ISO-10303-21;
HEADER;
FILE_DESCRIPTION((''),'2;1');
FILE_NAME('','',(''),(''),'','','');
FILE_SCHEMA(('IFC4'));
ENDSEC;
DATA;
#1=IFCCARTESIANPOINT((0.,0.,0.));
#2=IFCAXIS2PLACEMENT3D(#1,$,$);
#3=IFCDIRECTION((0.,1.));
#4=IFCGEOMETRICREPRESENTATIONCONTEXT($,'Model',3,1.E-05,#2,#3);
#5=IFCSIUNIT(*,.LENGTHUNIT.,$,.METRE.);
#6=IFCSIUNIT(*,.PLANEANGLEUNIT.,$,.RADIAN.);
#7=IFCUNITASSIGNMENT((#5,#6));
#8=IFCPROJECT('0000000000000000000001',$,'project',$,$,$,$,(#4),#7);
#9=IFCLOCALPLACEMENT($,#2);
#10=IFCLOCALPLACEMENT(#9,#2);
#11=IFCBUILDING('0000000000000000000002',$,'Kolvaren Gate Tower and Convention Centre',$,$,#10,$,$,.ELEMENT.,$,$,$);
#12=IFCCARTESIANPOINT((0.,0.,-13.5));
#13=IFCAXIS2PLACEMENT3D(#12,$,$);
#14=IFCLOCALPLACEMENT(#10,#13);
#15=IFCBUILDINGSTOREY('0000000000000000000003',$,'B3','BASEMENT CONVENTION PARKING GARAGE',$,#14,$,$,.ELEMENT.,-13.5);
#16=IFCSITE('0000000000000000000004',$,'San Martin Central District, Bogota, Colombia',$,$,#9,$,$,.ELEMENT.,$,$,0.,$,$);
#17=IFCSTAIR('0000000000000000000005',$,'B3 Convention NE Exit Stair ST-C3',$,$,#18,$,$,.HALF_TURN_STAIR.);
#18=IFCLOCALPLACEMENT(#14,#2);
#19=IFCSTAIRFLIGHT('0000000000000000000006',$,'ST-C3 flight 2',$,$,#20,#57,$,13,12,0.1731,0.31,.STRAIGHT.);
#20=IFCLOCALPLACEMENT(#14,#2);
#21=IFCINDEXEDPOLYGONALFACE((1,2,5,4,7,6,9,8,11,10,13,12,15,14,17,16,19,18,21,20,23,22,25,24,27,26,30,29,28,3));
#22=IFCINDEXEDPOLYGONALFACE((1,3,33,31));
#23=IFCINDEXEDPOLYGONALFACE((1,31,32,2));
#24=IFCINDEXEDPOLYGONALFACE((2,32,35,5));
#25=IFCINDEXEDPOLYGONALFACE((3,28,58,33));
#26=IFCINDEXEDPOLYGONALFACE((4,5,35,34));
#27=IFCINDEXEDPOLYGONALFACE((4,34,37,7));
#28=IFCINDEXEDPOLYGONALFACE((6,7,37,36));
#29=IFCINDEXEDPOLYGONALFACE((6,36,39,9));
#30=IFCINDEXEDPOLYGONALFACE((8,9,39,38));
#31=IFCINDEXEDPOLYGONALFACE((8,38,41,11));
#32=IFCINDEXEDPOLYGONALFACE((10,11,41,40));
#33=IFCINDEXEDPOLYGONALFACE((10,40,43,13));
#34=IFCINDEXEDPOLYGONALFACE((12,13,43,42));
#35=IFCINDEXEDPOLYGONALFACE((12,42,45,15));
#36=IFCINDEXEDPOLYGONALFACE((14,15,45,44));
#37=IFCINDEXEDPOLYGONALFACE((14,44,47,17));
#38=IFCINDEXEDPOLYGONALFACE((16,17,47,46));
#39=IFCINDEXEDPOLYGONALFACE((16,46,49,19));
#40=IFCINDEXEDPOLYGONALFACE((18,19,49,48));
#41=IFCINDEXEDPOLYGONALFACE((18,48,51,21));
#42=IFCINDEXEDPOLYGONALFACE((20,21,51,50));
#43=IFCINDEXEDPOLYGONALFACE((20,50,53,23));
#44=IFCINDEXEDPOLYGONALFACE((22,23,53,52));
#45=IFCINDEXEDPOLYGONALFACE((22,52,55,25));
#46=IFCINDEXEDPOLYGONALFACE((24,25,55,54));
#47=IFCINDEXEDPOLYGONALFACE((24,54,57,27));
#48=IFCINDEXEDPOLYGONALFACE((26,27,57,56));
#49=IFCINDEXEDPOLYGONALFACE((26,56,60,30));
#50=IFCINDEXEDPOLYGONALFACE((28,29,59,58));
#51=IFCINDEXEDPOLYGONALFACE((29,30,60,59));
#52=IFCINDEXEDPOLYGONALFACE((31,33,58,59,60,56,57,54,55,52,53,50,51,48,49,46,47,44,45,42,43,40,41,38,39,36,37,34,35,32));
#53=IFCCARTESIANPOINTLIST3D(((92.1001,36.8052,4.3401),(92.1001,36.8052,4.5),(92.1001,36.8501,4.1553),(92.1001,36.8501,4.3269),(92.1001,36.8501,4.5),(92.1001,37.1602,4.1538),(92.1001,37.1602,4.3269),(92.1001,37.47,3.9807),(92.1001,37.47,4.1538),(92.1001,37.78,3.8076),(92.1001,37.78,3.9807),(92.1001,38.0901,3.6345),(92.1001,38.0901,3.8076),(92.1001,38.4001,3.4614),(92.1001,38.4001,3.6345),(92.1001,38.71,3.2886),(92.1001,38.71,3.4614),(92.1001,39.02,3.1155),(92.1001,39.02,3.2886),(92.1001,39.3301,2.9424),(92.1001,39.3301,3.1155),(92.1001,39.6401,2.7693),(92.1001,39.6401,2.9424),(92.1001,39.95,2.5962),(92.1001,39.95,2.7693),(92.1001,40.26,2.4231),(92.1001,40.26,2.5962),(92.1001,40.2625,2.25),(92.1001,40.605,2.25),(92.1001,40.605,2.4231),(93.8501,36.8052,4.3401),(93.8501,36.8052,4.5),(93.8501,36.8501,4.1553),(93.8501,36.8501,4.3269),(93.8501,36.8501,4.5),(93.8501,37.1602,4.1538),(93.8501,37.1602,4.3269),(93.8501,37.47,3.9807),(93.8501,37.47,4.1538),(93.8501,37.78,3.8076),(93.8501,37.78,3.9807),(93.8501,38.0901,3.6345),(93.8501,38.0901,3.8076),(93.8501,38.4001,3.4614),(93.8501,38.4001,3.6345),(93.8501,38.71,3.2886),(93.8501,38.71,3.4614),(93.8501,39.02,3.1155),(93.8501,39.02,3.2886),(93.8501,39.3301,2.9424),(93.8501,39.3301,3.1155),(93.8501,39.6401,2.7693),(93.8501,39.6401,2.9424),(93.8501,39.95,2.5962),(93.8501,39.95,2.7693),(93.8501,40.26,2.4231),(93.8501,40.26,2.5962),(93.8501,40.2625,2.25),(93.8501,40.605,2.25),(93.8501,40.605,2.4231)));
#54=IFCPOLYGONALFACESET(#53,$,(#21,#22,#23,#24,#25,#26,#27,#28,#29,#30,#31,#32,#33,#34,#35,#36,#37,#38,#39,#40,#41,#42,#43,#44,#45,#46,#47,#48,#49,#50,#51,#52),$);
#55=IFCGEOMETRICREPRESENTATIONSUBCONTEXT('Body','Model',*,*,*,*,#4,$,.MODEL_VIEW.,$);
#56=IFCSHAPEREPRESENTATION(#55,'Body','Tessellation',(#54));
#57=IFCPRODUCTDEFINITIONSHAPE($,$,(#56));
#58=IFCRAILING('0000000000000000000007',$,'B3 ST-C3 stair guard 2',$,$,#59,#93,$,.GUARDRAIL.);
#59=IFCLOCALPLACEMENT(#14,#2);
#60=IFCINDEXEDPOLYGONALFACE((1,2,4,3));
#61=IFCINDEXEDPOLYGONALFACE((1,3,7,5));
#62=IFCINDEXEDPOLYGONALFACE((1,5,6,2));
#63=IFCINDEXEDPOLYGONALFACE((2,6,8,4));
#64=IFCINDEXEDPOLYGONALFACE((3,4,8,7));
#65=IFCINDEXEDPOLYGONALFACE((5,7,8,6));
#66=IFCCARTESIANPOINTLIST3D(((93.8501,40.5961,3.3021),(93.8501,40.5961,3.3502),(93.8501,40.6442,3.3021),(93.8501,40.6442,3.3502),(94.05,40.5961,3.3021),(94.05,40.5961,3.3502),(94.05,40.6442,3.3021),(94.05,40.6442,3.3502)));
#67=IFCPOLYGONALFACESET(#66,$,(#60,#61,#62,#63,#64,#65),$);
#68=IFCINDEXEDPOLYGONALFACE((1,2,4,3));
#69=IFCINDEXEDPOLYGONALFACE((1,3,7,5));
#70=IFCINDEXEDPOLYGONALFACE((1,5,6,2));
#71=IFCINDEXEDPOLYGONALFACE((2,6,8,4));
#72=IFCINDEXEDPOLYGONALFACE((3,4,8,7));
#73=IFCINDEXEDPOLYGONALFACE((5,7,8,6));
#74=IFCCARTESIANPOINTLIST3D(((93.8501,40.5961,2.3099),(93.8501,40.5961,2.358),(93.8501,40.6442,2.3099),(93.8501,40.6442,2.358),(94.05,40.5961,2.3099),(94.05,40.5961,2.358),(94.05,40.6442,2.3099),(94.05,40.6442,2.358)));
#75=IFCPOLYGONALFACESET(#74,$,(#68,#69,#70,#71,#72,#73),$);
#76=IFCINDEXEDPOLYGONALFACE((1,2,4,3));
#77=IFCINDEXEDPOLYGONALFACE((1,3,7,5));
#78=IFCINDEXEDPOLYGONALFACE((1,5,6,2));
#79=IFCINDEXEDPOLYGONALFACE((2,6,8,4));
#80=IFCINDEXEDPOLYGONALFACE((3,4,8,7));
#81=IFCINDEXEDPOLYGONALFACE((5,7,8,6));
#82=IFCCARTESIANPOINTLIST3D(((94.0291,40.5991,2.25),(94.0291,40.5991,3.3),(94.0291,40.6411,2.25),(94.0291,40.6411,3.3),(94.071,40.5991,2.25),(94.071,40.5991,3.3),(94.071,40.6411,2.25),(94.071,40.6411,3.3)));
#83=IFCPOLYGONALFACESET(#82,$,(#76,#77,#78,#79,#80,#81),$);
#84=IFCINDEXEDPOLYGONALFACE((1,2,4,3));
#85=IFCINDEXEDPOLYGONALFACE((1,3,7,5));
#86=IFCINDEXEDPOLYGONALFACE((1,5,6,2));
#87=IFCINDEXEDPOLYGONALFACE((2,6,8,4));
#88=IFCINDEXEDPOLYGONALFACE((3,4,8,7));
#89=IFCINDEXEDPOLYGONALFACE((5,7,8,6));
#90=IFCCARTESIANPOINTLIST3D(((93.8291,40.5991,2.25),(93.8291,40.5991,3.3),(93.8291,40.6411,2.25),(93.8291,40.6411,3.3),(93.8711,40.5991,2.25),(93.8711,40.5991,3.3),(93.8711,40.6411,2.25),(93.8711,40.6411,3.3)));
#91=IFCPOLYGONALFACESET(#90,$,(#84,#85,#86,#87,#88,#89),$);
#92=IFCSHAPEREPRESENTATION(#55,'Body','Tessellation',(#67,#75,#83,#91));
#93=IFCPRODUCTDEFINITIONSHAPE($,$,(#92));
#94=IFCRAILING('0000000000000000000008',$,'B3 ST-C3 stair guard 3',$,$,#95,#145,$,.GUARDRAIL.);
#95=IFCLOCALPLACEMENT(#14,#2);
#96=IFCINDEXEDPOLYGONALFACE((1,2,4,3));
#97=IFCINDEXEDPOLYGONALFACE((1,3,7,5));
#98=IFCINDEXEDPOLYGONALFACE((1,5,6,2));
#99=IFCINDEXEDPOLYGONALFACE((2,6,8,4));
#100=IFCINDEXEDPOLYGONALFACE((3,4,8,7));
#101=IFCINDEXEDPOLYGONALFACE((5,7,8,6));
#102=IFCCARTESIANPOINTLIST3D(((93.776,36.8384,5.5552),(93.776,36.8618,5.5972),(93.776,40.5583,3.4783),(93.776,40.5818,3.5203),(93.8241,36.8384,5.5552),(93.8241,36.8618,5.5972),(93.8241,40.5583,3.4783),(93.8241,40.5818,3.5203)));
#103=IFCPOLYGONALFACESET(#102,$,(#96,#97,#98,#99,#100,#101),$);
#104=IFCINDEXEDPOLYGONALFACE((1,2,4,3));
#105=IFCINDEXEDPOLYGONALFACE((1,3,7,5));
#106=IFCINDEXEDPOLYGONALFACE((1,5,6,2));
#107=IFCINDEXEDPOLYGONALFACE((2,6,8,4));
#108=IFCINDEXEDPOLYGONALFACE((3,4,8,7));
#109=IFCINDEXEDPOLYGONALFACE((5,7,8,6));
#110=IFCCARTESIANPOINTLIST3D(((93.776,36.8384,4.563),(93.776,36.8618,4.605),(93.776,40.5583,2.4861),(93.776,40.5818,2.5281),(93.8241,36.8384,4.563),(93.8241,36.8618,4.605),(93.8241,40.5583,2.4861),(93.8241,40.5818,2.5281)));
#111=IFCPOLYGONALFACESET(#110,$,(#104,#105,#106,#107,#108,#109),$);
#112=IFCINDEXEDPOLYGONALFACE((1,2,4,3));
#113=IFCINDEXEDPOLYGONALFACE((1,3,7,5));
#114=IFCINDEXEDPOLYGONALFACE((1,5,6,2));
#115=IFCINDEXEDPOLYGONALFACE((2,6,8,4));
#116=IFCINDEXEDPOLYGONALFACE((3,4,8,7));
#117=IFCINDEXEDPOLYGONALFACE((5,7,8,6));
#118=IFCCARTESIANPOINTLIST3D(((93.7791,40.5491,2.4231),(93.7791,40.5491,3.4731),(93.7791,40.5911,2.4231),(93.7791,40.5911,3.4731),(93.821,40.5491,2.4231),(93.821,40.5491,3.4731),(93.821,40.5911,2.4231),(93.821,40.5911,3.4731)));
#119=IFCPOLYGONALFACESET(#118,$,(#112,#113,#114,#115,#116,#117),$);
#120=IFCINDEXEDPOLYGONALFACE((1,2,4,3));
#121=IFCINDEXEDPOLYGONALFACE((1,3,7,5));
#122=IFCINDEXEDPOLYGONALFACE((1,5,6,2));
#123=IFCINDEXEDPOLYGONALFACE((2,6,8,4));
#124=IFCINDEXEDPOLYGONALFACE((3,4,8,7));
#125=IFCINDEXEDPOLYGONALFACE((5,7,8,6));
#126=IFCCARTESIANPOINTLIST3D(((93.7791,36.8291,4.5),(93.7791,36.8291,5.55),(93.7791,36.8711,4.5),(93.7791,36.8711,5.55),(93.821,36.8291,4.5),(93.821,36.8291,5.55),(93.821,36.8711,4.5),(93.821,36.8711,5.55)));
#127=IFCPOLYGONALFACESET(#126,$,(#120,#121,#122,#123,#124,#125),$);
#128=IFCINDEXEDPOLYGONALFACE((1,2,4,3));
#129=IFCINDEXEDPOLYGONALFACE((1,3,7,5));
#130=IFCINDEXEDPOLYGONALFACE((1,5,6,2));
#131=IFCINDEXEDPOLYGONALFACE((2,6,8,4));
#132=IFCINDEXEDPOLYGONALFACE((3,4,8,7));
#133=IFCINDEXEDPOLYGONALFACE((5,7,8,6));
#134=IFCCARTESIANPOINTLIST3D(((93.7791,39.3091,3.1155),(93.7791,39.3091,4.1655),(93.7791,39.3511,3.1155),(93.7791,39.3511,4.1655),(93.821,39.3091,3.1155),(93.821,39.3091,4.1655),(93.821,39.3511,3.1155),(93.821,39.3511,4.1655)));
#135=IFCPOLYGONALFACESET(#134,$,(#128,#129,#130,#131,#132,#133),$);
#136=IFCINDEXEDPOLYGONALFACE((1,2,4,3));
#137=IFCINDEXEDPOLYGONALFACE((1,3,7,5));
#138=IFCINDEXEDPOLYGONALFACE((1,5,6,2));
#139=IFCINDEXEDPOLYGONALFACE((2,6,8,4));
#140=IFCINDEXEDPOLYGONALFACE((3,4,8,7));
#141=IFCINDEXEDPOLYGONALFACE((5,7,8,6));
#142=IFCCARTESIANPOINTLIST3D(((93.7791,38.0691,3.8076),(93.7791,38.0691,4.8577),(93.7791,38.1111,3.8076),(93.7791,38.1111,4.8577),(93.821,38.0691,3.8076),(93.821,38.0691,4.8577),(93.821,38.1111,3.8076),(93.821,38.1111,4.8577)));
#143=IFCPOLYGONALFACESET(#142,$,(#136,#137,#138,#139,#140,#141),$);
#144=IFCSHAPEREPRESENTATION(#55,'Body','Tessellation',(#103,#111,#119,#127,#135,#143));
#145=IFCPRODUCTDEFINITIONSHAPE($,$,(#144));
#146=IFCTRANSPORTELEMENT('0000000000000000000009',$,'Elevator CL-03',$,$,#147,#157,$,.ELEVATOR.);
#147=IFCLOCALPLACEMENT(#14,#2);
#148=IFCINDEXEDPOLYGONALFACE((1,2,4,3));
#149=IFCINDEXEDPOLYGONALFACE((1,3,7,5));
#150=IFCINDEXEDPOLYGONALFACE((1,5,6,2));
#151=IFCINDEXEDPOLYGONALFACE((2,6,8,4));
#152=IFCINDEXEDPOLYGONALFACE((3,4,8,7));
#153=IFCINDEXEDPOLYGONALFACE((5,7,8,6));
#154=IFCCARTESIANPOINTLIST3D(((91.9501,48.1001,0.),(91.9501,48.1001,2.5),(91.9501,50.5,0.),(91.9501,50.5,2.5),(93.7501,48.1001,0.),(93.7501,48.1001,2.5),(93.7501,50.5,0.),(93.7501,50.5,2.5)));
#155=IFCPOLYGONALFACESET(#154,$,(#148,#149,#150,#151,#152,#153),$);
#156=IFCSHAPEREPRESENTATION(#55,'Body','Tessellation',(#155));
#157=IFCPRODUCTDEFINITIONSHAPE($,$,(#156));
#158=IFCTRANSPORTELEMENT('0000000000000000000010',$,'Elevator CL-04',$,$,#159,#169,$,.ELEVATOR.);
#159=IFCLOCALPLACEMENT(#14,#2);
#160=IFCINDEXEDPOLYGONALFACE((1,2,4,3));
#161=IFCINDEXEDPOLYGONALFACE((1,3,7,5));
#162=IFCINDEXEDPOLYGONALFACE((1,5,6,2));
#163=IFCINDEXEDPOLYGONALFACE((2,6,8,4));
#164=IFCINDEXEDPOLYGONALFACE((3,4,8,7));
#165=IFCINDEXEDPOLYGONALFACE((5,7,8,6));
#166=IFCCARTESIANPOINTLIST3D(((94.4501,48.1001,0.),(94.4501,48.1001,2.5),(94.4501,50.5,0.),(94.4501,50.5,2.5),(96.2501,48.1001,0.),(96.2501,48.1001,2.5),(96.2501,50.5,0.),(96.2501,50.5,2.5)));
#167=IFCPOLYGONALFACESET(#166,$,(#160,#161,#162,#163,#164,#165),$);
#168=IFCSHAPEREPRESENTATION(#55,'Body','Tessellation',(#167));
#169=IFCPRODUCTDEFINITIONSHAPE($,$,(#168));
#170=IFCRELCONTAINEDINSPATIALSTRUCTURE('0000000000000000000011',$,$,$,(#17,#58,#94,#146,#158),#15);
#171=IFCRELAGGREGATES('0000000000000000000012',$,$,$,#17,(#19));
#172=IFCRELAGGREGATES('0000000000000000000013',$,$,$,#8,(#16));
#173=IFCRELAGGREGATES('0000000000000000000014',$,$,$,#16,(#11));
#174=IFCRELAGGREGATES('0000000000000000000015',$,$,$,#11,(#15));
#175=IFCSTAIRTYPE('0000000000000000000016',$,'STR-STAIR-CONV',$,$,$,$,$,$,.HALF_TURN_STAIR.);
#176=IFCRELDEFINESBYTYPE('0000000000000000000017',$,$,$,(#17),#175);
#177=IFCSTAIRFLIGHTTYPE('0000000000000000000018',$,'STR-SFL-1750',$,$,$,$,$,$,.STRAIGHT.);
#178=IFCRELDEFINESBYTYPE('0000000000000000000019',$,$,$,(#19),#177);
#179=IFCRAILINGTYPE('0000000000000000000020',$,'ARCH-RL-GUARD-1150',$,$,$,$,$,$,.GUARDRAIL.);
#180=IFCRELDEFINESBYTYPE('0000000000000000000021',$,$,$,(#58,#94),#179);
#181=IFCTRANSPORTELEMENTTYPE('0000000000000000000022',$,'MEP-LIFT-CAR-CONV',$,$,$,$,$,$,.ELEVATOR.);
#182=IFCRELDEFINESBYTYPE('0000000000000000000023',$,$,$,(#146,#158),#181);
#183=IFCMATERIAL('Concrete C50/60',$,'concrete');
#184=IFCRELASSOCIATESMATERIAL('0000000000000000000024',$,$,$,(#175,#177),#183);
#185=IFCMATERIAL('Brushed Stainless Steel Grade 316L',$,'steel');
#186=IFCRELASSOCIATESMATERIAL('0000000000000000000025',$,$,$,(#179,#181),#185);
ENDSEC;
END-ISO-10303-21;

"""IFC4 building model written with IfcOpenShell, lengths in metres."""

from ifc_helpers import new_model, si_unit, direction, frame, origin, origin_2d, place, context, subcontext, project, spatial, polyline, rectangle, outline, extrude, material, type_object, element, aggregate, save


model = new_model("IFC4")

# Units and contexts
model_context = context("Model", 3, precision=1e-05, world=origin(), true_north=direction((0.0, 1.0)))
body_context = subcontext(model_context, "Body", "Model", "MODEL_VIEW")
ifc_project = project(units=[si_unit("LENGTHUNIT", "METRE"), si_unit("PLANEANGLEUNIT", "RADIAN")], contexts=[model_context])

# Site, building, storey
site_placement = place(None, origin())
site = spatial("IfcSite", under=ifc_project, at=site_placement, Name="San Martin Central District, Bogota, Colombia", CompositionType="ELEMENT", RefElevation=0.0)
building_placement = place(site_placement, origin())
building = spatial("IfcBuilding", under=site, at=building_placement, Name="Kolvaren Gate Tower and Convention Centre", CompositionType="ELEMENT")
storey_placement = place(building_placement, frame((0.0, 0.0, -13.5)))
storey = spatial("IfcBuildingStorey", under=building, at=storey_placement, Name="B3", Description="BASEMENT CONVENTION PARKING GARAGE", CompositionType="ELEMENT", Elevation=-13.5)

# Shared definitions
ifc_material_1 = material(Name="Concrete C50/60", Category="concrete")

# Shared definitions
ifc_material_2 = material(Name="Brushed Stainless Steel Grade 316L", Category="steel")

# Stair, stair flight
stair_type = type_object("IfcStairType", Name="STR-STAIR-CONV", PredefinedType="HALF_TURN_STAIR", material=ifc_material_1)
stair_placement = place(storey_placement, origin())
stair = element("IfcStair", 1, at=stair_placement, inside=storey, type_object=stair_type, Name="B3 Convention NE Exit Stair ST-C3", PredefinedType="HALF_TURN_STAIR")
stair_flight_type = type_object("IfcStairFlightType", Name="STR-SFL-1750", PredefinedType="STRAIGHT", material=ifc_material_1)
stair_flight_placement = place(storey_placement, frame((92.9751, 40.5701, 2.25), z_axis=(0.0, 0.0, 1.0), x_axis=(0.0, -1.0, 0.0)))
stair_flight = element("IfcStairFlight", 2, at=stair_flight_placement, type_object=stair_flight_type, Name="ST-C3 flight 2", NumberOfRisers=13, NumberOfTreads=12, PredefinedType="STRAIGHT", RiserHeight=0.1731, TreadLength=0.31, context=body_context, shape_type="SweptSolid", body=[
    extrude(outline(polyline([(-0.0349, 0.0), (-0.0349, 0.1731), (0.3101, 0.1731), (0.3101, 0.3462), (0.6201, 0.3462), (0.6201, 0.5193), (0.9299, 0.5193), (0.9299, 0.6924), (1.24, 0.6924), (1.24, 0.8655), (1.55, 0.8655), (1.55, 1.0386), (1.8601, 1.0386), (1.8601, 1.2114), (2.1699, 1.2114), (2.1699, 1.3845), (2.48, 1.3845), (2.48, 1.5576), (2.79, 1.5576), (2.79, 1.7307), (3.1001, 1.7307), (3.1001, 1.9038), (3.4099, 1.9038), (3.4099, 2.0769), (3.72, 2.0769), (3.72, 2.25), (3.7649, 2.25), (3.7649, 2.0901), (3.72, 1.9053), (0.3076, 0.0), (-0.0349, 0.0)])), frame((0.0, 0.875, 0.0), z_axis=(0.0, -1.0, 0.0), x_axis=(1.0, 0.0, 0.0)), (0.0, 0.0, 1.0), 1.75),
])
aggregate(stair, [stair_flight])

# Railings
railing_type = type_object("IfcRailingType", Name="ARCH-RL-GUARD-1150", PredefinedType="GUARDRAIL", material=ifc_material_2)
railing_1_placement = place(storey_placement, frame((94.05, 40.6201, 2.25)))
element("IfcRailing", 3, at=railing_1_placement, inside=storey, type_object=railing_type, Name="B3 ST-C3 stair guard 2", PredefinedType="GUARDRAIL", context=body_context, shape_type="SweptSolid", body=[
    extrude(rectangle(XDim=0.0481, YDim=0.0481, at=origin_2d()), frame((0.0, 0.0, 1.0762), z_axis=(-1.0, 0.0, 0.0), x_axis=(0.0, -1.0, 0.0)), (0.0, 0.0, 1.0), 0.2),
    extrude(rectangle(XDim=0.0481, YDim=0.0481, at=origin_2d()), frame((0.0, 0.0, 0.084), z_axis=(-1.0, 0.0, 0.0), x_axis=(0.0, -1.0, 0.0)), (0.0, 0.0, 1.0), 0.2),
    extrude(rectangle(XDim=0.042, YDim=0.042, at=origin_2d()), origin(), (0.0, 0.0, 1.0), 1.05),
    extrude(rectangle(XDim=0.042, YDim=0.042, at=origin_2d()), frame((-0.2, 0.0, 0.0)), (0.0, 0.0, 1.0), 1.05),
])
railing_2_placement = place(storey_placement, frame((93.8, 40.5701, 2.4231)))
element("IfcRailing", 4, at=railing_2_placement, inside=storey, type_object=railing_type, Name="B3 ST-C3 stair guard 3", PredefinedType="GUARDRAIL", context=body_context, shape_type="SweptSolid", body=[
    extrude(rectangle(XDim=0.0481, YDim=0.0481, at=origin_2d()), frame((0.0, 0.0, 1.0762), z_axis=(0.0, -0.873134, 0.487481), x_axis=(1.0, 0.0, 0.0)), (0.0, 0.0, 1.0), 4.2605),
    extrude(rectangle(XDim=0.0481, YDim=0.0481, at=origin_2d()), frame((0.0, 0.0, 0.084), z_axis=(0.0, -0.873134, 0.487481), x_axis=(1.0, 0.0, 0.0)), (0.0, 0.0, 1.0), 4.2605),
    extrude(rectangle(XDim=0.042, YDim=0.042, at=origin_2d()), origin(), (0.0, 0.0, 1.0), 1.05),
    extrude(rectangle(XDim=0.042, YDim=0.042, at=origin_2d()), frame((0.0, -3.72, 2.0769)), (0.0, 0.0, 1.0), 1.05),
    extrude(rectangle(XDim=0.042, YDim=0.042, at=origin_2d()), frame((0.0, -1.24, 0.6924)), (0.0, 0.0, 1.0), 1.05),
    extrude(rectangle(XDim=0.042, YDim=0.042, at=origin_2d()), frame((0.0, -2.48, 1.3845)), (0.0, 0.0, 1.0), 1.05),
])

# Transport elements
transport_element_type = type_object("IfcTransportElementType", Name="MEP-LIFT-CAR-CONV", PredefinedType="ELEVATOR", material=ifc_material_2)
for number, where, z_axis, x_axis, name in (
    (5, (92.8501, 49.3, 0.0), (0.0, 0.0, 1.0), (1.0, 0.0, 0.0), "Elevator CL-03"),
    (6, (95.3501, 49.3, 0.0), (0.0, 0.0, 1.0), (1.0, 0.0, 0.0), "Elevator CL-04"),
):
    element("IfcTransportElement", number, at=place(storey_placement, frame(where, z_axis=z_axis, x_axis=x_axis)), inside=storey, type_object=transport_element_type, Name=name, PredefinedType="ELEVATOR", context=body_context, shape_type="SweptSolid", body=[
        extrude(rectangle(XDim=1.8, YDim=2.3999, at=origin_2d()), origin(), (0.0, 0.0, 1.0), 2.5),
    ])

save(model, "model.ifc")
